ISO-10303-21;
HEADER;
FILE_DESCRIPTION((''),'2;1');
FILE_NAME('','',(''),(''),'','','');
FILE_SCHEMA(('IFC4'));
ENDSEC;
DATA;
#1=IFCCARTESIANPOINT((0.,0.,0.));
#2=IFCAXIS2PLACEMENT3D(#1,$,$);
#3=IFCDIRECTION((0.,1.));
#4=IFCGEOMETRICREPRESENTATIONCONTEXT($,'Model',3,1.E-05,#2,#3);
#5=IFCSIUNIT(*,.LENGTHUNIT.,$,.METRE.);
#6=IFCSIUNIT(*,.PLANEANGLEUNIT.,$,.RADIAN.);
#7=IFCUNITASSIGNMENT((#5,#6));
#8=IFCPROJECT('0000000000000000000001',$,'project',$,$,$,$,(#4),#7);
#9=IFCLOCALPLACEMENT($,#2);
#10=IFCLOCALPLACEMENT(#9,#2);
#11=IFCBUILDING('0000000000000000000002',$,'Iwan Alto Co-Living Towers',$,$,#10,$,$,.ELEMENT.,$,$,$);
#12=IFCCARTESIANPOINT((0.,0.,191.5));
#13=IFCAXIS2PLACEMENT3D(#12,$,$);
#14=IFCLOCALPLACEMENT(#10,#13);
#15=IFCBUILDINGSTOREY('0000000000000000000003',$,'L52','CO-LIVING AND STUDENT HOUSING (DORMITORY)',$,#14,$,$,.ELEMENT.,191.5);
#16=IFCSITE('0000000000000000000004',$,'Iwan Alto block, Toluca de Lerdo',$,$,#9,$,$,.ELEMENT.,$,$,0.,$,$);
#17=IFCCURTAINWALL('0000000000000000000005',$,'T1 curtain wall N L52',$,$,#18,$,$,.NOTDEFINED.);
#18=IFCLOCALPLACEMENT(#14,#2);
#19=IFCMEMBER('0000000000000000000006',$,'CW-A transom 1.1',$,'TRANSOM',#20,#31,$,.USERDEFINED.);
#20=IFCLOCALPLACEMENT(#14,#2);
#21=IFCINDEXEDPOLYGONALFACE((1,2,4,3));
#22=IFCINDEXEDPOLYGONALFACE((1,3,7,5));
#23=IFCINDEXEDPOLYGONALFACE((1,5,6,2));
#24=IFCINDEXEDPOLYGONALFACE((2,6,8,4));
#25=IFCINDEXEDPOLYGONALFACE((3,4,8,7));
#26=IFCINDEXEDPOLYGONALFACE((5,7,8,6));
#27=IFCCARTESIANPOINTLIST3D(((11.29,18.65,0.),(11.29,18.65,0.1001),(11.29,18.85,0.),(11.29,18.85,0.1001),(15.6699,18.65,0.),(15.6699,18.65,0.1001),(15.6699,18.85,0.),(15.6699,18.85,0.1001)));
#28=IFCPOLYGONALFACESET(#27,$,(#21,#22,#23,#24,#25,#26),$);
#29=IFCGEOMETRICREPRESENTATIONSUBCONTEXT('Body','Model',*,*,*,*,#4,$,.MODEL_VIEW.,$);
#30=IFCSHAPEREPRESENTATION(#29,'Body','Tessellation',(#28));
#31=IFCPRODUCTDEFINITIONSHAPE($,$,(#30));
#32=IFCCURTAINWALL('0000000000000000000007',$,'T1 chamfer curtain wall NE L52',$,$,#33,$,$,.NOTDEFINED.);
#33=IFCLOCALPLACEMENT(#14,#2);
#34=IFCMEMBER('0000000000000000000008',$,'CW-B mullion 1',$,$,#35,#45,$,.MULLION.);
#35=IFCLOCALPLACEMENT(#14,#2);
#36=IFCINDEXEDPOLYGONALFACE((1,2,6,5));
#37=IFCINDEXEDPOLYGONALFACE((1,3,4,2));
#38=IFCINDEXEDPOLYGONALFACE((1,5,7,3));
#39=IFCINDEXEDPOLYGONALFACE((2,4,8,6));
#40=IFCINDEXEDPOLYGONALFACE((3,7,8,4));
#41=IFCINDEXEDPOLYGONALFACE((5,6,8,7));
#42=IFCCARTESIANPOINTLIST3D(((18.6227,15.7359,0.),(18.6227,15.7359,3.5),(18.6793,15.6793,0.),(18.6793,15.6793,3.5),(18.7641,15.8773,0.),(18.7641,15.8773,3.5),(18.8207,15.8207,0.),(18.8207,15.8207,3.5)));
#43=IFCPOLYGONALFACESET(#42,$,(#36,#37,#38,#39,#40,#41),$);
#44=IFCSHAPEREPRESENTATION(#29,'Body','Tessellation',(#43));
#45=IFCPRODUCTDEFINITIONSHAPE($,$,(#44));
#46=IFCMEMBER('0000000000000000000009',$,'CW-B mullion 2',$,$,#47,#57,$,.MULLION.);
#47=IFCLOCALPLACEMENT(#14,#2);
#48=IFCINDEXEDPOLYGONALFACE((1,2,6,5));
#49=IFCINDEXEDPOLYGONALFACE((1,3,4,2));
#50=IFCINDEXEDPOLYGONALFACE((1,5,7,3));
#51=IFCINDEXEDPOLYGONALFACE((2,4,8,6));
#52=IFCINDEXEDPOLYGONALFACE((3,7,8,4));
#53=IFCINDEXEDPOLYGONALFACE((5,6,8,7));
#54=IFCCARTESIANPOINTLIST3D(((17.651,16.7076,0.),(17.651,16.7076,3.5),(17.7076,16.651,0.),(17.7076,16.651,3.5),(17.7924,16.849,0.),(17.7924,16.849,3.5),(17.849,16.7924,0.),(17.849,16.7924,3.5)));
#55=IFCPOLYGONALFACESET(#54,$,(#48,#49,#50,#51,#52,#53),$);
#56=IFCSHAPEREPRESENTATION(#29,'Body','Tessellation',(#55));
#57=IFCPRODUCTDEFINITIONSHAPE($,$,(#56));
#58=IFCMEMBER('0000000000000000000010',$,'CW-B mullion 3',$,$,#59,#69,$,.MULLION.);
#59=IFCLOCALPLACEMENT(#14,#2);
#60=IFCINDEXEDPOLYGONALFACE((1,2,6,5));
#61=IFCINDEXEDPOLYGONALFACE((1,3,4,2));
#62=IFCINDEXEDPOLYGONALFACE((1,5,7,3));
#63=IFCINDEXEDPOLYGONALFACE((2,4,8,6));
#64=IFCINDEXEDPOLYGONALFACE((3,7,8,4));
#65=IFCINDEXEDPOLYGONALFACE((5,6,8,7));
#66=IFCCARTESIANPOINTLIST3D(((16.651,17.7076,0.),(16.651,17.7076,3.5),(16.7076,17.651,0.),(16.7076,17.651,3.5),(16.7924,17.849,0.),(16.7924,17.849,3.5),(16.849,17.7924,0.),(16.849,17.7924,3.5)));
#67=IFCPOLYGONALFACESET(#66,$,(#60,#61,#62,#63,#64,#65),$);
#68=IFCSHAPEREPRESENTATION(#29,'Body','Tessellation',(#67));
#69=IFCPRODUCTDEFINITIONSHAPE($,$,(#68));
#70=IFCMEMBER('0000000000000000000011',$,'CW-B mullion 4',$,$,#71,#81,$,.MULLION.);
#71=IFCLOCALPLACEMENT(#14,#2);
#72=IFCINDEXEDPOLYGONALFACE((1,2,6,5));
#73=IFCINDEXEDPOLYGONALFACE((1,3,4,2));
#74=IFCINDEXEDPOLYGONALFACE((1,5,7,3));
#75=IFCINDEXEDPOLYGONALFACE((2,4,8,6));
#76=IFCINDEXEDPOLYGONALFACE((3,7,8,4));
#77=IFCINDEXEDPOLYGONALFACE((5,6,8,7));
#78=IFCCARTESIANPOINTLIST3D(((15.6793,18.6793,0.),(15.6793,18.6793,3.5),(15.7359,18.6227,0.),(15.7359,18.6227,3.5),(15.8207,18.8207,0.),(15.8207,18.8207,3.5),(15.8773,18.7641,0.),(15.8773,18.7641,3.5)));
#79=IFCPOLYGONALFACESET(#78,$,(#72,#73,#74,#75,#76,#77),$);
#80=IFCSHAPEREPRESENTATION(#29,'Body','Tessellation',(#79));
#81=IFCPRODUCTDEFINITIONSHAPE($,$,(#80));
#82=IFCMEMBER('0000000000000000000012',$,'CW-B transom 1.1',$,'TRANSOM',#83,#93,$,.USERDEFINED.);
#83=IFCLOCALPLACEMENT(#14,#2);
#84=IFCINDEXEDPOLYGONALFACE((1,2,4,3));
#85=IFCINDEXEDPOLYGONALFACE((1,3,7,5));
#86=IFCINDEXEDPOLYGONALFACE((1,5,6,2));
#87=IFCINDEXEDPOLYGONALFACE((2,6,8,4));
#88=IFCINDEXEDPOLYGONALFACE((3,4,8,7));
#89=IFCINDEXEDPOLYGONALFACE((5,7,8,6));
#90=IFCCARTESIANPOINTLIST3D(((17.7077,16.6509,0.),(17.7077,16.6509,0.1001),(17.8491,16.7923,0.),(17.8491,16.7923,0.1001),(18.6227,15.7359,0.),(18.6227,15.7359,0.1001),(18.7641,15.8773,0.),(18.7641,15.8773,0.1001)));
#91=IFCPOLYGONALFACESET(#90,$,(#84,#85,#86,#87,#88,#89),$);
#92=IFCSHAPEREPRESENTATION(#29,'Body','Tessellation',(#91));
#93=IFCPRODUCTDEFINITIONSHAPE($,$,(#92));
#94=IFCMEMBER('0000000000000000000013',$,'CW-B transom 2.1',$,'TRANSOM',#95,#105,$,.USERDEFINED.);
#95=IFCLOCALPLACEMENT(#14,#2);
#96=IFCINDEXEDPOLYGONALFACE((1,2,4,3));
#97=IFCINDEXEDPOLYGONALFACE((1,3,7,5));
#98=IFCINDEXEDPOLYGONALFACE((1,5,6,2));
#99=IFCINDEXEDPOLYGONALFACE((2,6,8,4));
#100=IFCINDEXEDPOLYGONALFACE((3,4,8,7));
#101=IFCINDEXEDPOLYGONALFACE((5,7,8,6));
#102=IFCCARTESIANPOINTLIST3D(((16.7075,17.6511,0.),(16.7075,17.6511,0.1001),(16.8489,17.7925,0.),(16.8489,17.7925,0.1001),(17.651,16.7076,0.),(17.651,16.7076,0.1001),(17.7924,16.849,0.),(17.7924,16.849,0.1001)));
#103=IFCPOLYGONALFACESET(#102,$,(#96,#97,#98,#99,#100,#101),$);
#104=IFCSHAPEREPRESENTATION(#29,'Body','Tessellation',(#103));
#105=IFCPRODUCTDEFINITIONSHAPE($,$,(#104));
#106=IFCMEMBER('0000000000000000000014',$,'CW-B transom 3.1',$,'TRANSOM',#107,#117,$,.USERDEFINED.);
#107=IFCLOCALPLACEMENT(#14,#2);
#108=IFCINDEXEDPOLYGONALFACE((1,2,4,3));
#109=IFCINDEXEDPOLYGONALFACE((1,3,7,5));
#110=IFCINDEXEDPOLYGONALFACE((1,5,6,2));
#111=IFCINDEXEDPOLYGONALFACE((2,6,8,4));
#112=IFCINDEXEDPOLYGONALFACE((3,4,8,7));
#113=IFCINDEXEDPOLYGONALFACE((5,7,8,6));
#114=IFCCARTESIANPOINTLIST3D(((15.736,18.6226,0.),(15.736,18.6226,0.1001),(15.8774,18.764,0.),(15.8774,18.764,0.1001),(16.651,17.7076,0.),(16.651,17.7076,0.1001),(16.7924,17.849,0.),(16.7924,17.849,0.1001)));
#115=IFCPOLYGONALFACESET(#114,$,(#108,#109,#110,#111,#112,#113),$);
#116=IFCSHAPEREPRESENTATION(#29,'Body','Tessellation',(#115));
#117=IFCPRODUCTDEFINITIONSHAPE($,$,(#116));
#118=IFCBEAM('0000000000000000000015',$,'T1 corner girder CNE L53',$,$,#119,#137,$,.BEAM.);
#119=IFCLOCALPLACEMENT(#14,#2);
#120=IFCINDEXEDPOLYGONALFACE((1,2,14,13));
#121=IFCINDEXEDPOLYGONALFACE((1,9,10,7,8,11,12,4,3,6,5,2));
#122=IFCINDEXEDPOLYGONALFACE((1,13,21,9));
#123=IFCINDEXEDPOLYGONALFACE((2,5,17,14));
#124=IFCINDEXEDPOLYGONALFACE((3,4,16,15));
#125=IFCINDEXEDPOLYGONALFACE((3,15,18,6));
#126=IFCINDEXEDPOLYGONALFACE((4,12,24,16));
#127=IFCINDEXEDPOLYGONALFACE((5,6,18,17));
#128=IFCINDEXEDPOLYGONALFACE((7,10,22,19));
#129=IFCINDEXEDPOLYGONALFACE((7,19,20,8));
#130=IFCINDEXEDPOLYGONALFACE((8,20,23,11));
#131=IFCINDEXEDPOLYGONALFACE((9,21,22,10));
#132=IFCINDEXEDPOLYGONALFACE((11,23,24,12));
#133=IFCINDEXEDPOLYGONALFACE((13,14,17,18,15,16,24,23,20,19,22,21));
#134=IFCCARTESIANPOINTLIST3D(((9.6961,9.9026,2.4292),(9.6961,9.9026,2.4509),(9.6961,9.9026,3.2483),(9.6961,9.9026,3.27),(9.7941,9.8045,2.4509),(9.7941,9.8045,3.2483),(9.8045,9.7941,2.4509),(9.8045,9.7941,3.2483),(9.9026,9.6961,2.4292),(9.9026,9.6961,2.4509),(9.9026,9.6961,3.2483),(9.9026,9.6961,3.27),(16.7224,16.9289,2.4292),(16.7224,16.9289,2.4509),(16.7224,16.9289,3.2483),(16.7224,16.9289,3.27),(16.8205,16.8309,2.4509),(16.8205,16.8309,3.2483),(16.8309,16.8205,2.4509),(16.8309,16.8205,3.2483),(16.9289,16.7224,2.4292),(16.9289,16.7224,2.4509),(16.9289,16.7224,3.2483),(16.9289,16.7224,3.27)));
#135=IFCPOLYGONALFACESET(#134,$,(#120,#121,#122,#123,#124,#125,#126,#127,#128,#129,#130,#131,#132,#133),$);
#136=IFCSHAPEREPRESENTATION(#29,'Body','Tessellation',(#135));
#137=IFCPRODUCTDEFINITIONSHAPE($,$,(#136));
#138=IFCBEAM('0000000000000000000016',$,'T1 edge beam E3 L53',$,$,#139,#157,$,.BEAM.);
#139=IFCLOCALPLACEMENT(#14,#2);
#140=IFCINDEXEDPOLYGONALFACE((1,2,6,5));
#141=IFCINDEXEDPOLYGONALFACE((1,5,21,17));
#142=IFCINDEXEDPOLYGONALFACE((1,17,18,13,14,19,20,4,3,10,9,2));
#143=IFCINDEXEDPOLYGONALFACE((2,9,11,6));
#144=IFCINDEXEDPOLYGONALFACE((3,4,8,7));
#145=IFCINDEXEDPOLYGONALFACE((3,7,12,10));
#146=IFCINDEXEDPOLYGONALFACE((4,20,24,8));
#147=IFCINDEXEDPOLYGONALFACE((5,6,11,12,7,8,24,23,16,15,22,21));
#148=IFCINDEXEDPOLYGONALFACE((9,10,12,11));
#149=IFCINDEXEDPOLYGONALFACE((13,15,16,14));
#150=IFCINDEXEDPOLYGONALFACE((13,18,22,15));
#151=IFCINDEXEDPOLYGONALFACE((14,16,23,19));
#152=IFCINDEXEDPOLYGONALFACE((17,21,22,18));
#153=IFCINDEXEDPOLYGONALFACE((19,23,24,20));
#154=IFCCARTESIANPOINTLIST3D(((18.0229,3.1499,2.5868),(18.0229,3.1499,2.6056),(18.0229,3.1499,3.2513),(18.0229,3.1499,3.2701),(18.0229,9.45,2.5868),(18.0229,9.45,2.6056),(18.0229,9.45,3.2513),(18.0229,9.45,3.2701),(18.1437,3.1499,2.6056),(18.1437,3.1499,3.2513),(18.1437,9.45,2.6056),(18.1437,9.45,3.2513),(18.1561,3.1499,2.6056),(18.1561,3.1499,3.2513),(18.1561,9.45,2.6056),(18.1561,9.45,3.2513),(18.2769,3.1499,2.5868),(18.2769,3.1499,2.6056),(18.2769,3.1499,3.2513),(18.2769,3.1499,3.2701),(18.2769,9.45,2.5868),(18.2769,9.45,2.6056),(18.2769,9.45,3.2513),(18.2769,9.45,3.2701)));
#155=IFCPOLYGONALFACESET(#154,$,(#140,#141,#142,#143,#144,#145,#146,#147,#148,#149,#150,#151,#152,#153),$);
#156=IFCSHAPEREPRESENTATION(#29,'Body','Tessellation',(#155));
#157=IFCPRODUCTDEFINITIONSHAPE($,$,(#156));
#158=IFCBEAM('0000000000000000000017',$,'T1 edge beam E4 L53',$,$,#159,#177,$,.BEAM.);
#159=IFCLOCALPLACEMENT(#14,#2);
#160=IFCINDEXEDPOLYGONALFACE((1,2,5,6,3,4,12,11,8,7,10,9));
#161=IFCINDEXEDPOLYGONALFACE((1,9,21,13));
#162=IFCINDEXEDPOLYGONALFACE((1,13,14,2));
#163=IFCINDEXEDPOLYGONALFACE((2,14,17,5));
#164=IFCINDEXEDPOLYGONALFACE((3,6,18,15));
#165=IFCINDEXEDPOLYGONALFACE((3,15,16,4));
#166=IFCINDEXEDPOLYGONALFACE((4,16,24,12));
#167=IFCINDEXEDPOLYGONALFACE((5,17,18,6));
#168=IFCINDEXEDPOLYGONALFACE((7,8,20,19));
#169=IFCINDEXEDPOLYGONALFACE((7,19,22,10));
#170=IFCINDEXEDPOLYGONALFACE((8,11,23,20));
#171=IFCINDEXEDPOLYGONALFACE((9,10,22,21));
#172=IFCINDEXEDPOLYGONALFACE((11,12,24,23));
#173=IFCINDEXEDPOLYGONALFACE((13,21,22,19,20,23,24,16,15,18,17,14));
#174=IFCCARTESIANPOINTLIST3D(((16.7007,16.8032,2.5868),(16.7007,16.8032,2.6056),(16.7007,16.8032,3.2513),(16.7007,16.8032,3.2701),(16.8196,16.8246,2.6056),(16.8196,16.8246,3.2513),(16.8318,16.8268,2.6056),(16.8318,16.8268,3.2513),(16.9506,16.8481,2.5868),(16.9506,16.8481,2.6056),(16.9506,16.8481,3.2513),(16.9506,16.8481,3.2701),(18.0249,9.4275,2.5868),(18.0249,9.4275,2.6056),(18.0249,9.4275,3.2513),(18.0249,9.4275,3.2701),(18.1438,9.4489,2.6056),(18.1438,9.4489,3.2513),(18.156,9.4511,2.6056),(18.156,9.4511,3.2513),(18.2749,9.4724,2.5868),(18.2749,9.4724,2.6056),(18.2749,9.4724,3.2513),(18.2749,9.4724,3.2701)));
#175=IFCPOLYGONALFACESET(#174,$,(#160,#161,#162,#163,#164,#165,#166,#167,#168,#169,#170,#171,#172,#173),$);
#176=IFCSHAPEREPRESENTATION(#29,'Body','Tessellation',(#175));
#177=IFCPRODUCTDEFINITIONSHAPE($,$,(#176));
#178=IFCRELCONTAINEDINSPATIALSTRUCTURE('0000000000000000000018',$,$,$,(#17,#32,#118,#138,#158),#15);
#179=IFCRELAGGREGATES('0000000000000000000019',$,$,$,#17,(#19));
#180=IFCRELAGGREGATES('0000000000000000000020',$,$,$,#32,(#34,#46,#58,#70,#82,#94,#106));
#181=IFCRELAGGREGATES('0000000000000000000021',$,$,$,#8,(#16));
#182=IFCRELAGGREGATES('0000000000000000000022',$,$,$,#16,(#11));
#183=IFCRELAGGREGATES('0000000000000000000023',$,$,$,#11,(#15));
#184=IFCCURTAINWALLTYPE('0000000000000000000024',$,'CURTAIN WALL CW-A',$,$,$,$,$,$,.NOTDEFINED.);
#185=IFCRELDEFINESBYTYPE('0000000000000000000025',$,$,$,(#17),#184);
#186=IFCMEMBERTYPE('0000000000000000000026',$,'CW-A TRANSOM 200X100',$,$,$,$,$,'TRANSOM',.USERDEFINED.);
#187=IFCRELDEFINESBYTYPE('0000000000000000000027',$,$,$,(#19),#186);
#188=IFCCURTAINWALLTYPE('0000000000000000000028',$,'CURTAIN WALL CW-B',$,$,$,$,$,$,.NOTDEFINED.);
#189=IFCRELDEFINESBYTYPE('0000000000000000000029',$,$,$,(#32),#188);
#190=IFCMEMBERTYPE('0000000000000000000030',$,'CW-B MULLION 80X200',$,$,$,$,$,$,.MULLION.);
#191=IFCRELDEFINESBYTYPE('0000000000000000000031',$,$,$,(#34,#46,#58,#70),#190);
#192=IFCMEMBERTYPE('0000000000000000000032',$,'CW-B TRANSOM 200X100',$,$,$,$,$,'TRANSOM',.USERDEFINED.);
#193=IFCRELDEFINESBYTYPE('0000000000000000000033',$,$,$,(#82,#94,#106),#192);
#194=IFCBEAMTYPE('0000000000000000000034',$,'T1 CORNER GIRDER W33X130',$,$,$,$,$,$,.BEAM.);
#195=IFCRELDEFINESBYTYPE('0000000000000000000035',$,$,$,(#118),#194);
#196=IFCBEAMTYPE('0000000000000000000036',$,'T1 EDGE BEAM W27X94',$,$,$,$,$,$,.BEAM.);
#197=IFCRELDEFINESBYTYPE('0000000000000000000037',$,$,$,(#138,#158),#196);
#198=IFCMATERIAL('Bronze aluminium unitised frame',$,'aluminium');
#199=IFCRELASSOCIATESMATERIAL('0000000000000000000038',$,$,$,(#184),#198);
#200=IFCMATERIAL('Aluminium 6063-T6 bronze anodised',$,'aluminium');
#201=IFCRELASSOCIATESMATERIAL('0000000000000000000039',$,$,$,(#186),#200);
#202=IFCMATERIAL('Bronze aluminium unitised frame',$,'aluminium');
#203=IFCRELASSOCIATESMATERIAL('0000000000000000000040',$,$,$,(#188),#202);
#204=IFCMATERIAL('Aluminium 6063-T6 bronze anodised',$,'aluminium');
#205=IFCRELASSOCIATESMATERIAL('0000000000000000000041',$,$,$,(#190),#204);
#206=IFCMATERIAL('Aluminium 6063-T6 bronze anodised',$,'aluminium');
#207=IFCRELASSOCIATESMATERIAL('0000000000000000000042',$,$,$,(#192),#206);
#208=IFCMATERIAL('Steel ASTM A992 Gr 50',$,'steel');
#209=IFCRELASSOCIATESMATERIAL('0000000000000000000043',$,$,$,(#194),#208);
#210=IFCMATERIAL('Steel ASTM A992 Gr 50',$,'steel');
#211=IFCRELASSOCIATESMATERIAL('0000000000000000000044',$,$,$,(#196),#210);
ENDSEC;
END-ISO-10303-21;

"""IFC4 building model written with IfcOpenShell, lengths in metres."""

from ifc_helpers import new_model, si_unit, direction, frame, origin, origin_2d, place, context, subcontext, project, spatial, rectangle, i_section, extrude, material, material_profile, profile_set, type_object, element, aggregate, save


model = new_model("IFC4")

# Units and contexts
model_context = context("Model", 3, precision=1e-05, world=origin(), true_north=direction((0.0, 1.0)))
body_context = subcontext(model_context, "Body", "Model", "MODEL_VIEW")
ifc_project = project(units=[si_unit("LENGTHUNIT", "METRE"), si_unit("PLANEANGLEUNIT", "RADIAN")], contexts=[model_context])

# Site, building, storey
site_placement = place(None, origin())
site = spatial("IfcSite", under=ifc_project, at=site_placement, Name="Iwan Alto block, Toluca de Lerdo", CompositionType="ELEMENT", RefElevation=0.0)
building_placement = place(site_placement, origin())
building = spatial("IfcBuilding", under=site, at=building_placement, Name="Iwan Alto Co-Living Towers", CompositionType="ELEMENT")
storey_placement = place(building_placement, frame((0.0, 0.0, 191.5)))
storey = spatial("IfcBuildingStorey", under=building, at=storey_placement, Name="L52", Description="CO-LIVING AND STUDENT HOUSING (DORMITORY)", CompositionType="ELEMENT", Elevation=191.5)

# Shared definitions
ifc_material_1 = material(Name="Bronze aluminium unitised frame", Category="aluminium")
curtain_wall_type_1 = type_object("IfcCurtainWallType", Name="CURTAIN WALL CW-A", PredefinedType="NOTDEFINED", material=ifc_material_1)

# Curtain wall
curtain_wall_1_placement = place(storey_placement, origin())
curtain_wall_1 = element("IfcCurtainWall", 1, at=curtain_wall_1_placement, inside=storey, type_object=curtain_wall_type_1, Name="T1 curtain wall N L52", PredefinedType="NOTDEFINED")

# Member
ifc_material_2 = material(Name="Aluminium 6063-T6 bronze anodised", Category="aluminium")
ifc_material_profile_1 = material_profile(ifc_material_2, rectangle(XDim=0.2, YDim=0.1001, at=origin_2d()), Name="AL 200X100")
ifc_profile_set_1 = profile_set([ifc_material_profile_1], Name="Aluminium 6063-T6 bronze anodised")
member_type_1 = type_object("IfcMemberType", Name="CW-A TRANSOM 200X100", ElementType="TRANSOM", PredefinedType="USERDEFINED", material=ifc_profile_set_1)
member_1_placement = place(storey_placement, frame((15.6699, 18.75, 0.05), z_axis=(-1.0, 0.0, 0.0), x_axis=(0.0, -1.0, 0.0)))
member_1 = element("IfcMember", 2, at=member_1_placement, type_object=member_type_1, Name="CW-A transom 1.1", ObjectType="TRANSOM", PredefinedType="USERDEFINED", context=body_context, shape_type="SweptSolid", body=[
    extrude(rectangle(XDim=0.2, YDim=0.1001, at=origin_2d()), origin(), (0.0, 0.0, 1.0), 4.3799),
])
aggregate(curtain_wall_1, [member_1])

# Curtain wall, members
ifc_material_3 = material(Name="Bronze aluminium unitised frame", Category="aluminium")
curtain_wall_type_2 = type_object("IfcCurtainWallType", Name="CURTAIN WALL CW-B", PredefinedType="NOTDEFINED", material=ifc_material_3)
curtain_wall_2_placement = place(storey_placement, origin())
curtain_wall_2 = element("IfcCurtainWall", 3, at=curtain_wall_2_placement, inside=storey, type_object=curtain_wall_type_2, Name="T1 chamfer curtain wall NE L52", PredefinedType="NOTDEFINED")
ifc_material_4 = material(Name="Aluminium 6063-T6 bronze anodised", Category="aluminium")
ifc_material_profile_2 = material_profile(ifc_material_4, rectangle(XDim=0.2, YDim=0.0801, at=origin_2d()), Name="AL 80X200")
ifc_profile_set_2 = profile_set([ifc_material_profile_2], Name="Aluminium 6063-T6 bronze anodised")
member_type_2 = type_object("IfcMemberType", Name="CW-B MULLION 80X200", PredefinedType="MULLION", material=ifc_profile_set_2)
member_2_placement = place(storey_placement, frame((18.7217, 15.7783, 0.0), z_axis=(0.0, 0.0, 1.0), x_axis=(-0.707107, -0.707107, 0.0)))
member_2 = element("IfcMember", 4, at=member_2_placement, type_object=member_type_2, Name="CW-B mullion 1", PredefinedType="MULLION", context=body_context, shape_type="SweptSolid", body=[
    extrude(rectangle(XDim=0.2, YDim=0.0801, at=origin_2d()), origin(), (0.0, 0.0, 1.0), 3.5),
])
member_3_placement = place(storey_placement, frame((17.75, 16.75, 0.0), z_axis=(0.0, 0.0, 1.0), x_axis=(-0.707107, -0.707107, 0.0)))
member_3 = element("IfcMember", 5, at=member_3_placement, type_object=member_type_2, Name="CW-B mullion 2", PredefinedType="MULLION", context=body_context, shape_type="SweptSolid", body=[
    extrude(rectangle(XDim=0.2, YDim=0.0801, at=origin_2d()), origin(), (0.0, 0.0, 1.0), 3.5),
])
member_4_placement = place(storey_placement, frame((16.75, 17.75, 0.0), z_axis=(0.0, 0.0, 1.0), x_axis=(-0.707107, -0.707107, 0.0)))
member_4 = element("IfcMember", 6, at=member_4_placement, type_object=member_type_2, Name="CW-B mullion 3", PredefinedType="MULLION", context=body_context, shape_type="SweptSolid", body=[
    extrude(rectangle(XDim=0.2, YDim=0.0801, at=origin_2d()), origin(), (0.0, 0.0, 1.0), 3.5),
])
member_5_placement = place(storey_placement, frame((15.7783, 18.7217, 0.0), z_axis=(0.0, 0.0, 1.0), x_axis=(-0.707107, -0.707107, 0.0)))
member_5 = element("IfcMember", 7, at=member_5_placement, type_object=member_type_2, Name="CW-B mullion 4", PredefinedType="MULLION", context=body_context, shape_type="SweptSolid", body=[
    extrude(rectangle(XDim=0.2, YDim=0.0801, at=origin_2d()), origin(), (0.0, 0.0, 1.0), 3.5),
])
ifc_material_5 = material(Name="Aluminium 6063-T6 bronze anodised", Category="aluminium")
ifc_material_profile_3 = material_profile(ifc_material_5, rectangle(XDim=0.2, YDim=0.1001, at=origin_2d()), Name="AL 200X100")
ifc_profile_set_3 = profile_set([ifc_material_profile_3], Name="Aluminium 6063-T6 bronze anodised")
member_type_3 = type_object("IfcMemberType", Name="CW-B TRANSOM 200X100", ElementType="TRANSOM", PredefinedType="USERDEFINED", material=ifc_profile_set_3)
member_6_placement = place(storey_placement, frame((18.6934, 15.8066, 0.05), z_axis=(-0.707107, 0.707107, 0.0), x_axis=(-0.707107, -0.707107, 0.0)))
member_6 = element("IfcMember", 8, at=member_6_placement, type_object=member_type_3, Name="CW-B transom 1.1", ObjectType="TRANSOM", PredefinedType="USERDEFINED", context=body_context, shape_type="SweptSolid", body=[
    extrude(rectangle(XDim=0.2, YDim=0.1001, at=origin_2d()), origin(), (0.0, 0.0, 1.0), 1.2939),
])
member_7_placement = place(storey_placement, frame((17.7217, 16.7783, 0.05), z_axis=(-0.707107, 0.707107, 0.0), x_axis=(-0.707107, -0.707107, 0.0)))
member_7 = element("IfcMember", 9, at=member_7_placement, type_object=member_type_3, Name="CW-B transom 2.1", ObjectType="TRANSOM", PredefinedType="USERDEFINED", context=body_context, shape_type="SweptSolid", body=[
    extrude(rectangle(XDim=0.2, YDim=0.1001, at=origin_2d()), origin(), (0.0, 0.0, 1.0), 1.3342),
])
member_8_placement = place(storey_placement, frame((16.7217, 17.7783, 0.05), z_axis=(-0.707107, 0.707107, 0.0), x_axis=(-0.707107, -0.707107, 0.0)))
member_8 = element("IfcMember", 10, at=member_8_placement, type_object=member_type_3, Name="CW-B transom 3.1", ObjectType="TRANSOM", PredefinedType="USERDEFINED", context=body_context, shape_type="SweptSolid", body=[
    extrude(rectangle(XDim=0.2, YDim=0.1001, at=origin_2d()), origin(), (0.0, 0.0, 1.0), 1.2939),
])

# Beams
ifc_material_6 = material(Name="Steel ASTM A992 Gr 50", Category="steel")
ifc_material_profile_4 = material_profile(ifc_material_6, i_section(OverallWidth=0.292, OverallDepth=0.8408, WebThickness=0.0146, FlangeThickness=0.0217, at=origin_2d()), Name="W33X130")
ifc_profile_set_4 = profile_set([ifc_material_profile_4], Name="Steel ASTM A992 Gr 50")
beam_type_1 = type_object("IfcBeamType", Name="T1 CORNER GIRDER W33X130", PredefinedType="BEAM", material=ifc_profile_set_4)
beam_1_placement = place(storey_placement, frame((16.8257, 16.8257, 2.8496), z_axis=(-0.707107, -0.707107, 0.0), x_axis=(0.707107, -0.707107, 0.0)))
element("IfcBeam", 11, at=beam_1_placement, inside=storey, type_object=beam_type_1, Name="T1 corner girder CNE L53", PredefinedType="BEAM", context=body_context, shape_type="SweptSolid", body=[
    extrude(i_section(OverallWidth=0.292, OverallDepth=0.8408, WebThickness=0.0146, FlangeThickness=0.0217, at=origin_2d()), origin(), (0.0, 0.0, 1.0), 9.9368),
])
ifc_material_7 = material(Name="Steel ASTM A992 Gr 50", Category="steel")
ifc_material_profile_5 = material_profile(ifc_material_7, i_section(OverallWidth=0.2539, OverallDepth=0.6833, WebThickness=0.0125, FlangeThickness=0.0188, at=origin_2d()), Name="W27X94")
ifc_profile_set_5 = profile_set([ifc_material_profile_5], Name="Steel ASTM A992 Gr 50")
beam_type_2 = type_object("IfcBeamType", Name="T1 EDGE BEAM W27X94", PredefinedType="BEAM", material=ifc_profile_set_5)
beam_2_placement = place(storey_placement, frame((18.1499, 3.1499, 2.9285), z_axis=(0.0, 1.0, 0.0), x_axis=(-1.0, 0.0, 0.0)))
element("IfcBeam", 12, at=beam_2_placement, inside=storey, type_object=beam_type_2, Name="T1 edge beam E3 L53", PredefinedType="BEAM", context=body_context, shape_type="SweptSolid", body=[
    extrude(i_section(OverallWidth=0.2539, OverallDepth=0.6833, WebThickness=0.0125, FlangeThickness=0.0188, at=origin_2d()), origin(), (0.0, 0.0, 1.0), 6.3),
])
for number, where, z_axis, x_axis, name in (
    (13, (18.1499, 9.45, 2.9285), (-0.176712, 0.984263, 0.0), (-0.984263, -0.176712, 0.0), "T1 edge beam E4 L53"),
):
    element("IfcBeam", number, at=place(storey_placement, frame(where, z_axis=z_axis, x_axis=x_axis)), inside=storey, type_object=beam_type_2, Name=name, PredefinedType="BEAM", context=body_context, shape_type="SweptSolid", body=[
        extrude(i_section(OverallWidth=0.2539, OverallDepth=0.6833, WebThickness=0.0125, FlangeThickness=0.0188, at=origin_2d()), origin(), (0.0, 0.0, 1.0), 7.4937),
    ])

aggregate(curtain_wall_2, [member_2, member_3, member_4, member_5, member_6, member_7, member_8])

save(model, "model.ifc")
